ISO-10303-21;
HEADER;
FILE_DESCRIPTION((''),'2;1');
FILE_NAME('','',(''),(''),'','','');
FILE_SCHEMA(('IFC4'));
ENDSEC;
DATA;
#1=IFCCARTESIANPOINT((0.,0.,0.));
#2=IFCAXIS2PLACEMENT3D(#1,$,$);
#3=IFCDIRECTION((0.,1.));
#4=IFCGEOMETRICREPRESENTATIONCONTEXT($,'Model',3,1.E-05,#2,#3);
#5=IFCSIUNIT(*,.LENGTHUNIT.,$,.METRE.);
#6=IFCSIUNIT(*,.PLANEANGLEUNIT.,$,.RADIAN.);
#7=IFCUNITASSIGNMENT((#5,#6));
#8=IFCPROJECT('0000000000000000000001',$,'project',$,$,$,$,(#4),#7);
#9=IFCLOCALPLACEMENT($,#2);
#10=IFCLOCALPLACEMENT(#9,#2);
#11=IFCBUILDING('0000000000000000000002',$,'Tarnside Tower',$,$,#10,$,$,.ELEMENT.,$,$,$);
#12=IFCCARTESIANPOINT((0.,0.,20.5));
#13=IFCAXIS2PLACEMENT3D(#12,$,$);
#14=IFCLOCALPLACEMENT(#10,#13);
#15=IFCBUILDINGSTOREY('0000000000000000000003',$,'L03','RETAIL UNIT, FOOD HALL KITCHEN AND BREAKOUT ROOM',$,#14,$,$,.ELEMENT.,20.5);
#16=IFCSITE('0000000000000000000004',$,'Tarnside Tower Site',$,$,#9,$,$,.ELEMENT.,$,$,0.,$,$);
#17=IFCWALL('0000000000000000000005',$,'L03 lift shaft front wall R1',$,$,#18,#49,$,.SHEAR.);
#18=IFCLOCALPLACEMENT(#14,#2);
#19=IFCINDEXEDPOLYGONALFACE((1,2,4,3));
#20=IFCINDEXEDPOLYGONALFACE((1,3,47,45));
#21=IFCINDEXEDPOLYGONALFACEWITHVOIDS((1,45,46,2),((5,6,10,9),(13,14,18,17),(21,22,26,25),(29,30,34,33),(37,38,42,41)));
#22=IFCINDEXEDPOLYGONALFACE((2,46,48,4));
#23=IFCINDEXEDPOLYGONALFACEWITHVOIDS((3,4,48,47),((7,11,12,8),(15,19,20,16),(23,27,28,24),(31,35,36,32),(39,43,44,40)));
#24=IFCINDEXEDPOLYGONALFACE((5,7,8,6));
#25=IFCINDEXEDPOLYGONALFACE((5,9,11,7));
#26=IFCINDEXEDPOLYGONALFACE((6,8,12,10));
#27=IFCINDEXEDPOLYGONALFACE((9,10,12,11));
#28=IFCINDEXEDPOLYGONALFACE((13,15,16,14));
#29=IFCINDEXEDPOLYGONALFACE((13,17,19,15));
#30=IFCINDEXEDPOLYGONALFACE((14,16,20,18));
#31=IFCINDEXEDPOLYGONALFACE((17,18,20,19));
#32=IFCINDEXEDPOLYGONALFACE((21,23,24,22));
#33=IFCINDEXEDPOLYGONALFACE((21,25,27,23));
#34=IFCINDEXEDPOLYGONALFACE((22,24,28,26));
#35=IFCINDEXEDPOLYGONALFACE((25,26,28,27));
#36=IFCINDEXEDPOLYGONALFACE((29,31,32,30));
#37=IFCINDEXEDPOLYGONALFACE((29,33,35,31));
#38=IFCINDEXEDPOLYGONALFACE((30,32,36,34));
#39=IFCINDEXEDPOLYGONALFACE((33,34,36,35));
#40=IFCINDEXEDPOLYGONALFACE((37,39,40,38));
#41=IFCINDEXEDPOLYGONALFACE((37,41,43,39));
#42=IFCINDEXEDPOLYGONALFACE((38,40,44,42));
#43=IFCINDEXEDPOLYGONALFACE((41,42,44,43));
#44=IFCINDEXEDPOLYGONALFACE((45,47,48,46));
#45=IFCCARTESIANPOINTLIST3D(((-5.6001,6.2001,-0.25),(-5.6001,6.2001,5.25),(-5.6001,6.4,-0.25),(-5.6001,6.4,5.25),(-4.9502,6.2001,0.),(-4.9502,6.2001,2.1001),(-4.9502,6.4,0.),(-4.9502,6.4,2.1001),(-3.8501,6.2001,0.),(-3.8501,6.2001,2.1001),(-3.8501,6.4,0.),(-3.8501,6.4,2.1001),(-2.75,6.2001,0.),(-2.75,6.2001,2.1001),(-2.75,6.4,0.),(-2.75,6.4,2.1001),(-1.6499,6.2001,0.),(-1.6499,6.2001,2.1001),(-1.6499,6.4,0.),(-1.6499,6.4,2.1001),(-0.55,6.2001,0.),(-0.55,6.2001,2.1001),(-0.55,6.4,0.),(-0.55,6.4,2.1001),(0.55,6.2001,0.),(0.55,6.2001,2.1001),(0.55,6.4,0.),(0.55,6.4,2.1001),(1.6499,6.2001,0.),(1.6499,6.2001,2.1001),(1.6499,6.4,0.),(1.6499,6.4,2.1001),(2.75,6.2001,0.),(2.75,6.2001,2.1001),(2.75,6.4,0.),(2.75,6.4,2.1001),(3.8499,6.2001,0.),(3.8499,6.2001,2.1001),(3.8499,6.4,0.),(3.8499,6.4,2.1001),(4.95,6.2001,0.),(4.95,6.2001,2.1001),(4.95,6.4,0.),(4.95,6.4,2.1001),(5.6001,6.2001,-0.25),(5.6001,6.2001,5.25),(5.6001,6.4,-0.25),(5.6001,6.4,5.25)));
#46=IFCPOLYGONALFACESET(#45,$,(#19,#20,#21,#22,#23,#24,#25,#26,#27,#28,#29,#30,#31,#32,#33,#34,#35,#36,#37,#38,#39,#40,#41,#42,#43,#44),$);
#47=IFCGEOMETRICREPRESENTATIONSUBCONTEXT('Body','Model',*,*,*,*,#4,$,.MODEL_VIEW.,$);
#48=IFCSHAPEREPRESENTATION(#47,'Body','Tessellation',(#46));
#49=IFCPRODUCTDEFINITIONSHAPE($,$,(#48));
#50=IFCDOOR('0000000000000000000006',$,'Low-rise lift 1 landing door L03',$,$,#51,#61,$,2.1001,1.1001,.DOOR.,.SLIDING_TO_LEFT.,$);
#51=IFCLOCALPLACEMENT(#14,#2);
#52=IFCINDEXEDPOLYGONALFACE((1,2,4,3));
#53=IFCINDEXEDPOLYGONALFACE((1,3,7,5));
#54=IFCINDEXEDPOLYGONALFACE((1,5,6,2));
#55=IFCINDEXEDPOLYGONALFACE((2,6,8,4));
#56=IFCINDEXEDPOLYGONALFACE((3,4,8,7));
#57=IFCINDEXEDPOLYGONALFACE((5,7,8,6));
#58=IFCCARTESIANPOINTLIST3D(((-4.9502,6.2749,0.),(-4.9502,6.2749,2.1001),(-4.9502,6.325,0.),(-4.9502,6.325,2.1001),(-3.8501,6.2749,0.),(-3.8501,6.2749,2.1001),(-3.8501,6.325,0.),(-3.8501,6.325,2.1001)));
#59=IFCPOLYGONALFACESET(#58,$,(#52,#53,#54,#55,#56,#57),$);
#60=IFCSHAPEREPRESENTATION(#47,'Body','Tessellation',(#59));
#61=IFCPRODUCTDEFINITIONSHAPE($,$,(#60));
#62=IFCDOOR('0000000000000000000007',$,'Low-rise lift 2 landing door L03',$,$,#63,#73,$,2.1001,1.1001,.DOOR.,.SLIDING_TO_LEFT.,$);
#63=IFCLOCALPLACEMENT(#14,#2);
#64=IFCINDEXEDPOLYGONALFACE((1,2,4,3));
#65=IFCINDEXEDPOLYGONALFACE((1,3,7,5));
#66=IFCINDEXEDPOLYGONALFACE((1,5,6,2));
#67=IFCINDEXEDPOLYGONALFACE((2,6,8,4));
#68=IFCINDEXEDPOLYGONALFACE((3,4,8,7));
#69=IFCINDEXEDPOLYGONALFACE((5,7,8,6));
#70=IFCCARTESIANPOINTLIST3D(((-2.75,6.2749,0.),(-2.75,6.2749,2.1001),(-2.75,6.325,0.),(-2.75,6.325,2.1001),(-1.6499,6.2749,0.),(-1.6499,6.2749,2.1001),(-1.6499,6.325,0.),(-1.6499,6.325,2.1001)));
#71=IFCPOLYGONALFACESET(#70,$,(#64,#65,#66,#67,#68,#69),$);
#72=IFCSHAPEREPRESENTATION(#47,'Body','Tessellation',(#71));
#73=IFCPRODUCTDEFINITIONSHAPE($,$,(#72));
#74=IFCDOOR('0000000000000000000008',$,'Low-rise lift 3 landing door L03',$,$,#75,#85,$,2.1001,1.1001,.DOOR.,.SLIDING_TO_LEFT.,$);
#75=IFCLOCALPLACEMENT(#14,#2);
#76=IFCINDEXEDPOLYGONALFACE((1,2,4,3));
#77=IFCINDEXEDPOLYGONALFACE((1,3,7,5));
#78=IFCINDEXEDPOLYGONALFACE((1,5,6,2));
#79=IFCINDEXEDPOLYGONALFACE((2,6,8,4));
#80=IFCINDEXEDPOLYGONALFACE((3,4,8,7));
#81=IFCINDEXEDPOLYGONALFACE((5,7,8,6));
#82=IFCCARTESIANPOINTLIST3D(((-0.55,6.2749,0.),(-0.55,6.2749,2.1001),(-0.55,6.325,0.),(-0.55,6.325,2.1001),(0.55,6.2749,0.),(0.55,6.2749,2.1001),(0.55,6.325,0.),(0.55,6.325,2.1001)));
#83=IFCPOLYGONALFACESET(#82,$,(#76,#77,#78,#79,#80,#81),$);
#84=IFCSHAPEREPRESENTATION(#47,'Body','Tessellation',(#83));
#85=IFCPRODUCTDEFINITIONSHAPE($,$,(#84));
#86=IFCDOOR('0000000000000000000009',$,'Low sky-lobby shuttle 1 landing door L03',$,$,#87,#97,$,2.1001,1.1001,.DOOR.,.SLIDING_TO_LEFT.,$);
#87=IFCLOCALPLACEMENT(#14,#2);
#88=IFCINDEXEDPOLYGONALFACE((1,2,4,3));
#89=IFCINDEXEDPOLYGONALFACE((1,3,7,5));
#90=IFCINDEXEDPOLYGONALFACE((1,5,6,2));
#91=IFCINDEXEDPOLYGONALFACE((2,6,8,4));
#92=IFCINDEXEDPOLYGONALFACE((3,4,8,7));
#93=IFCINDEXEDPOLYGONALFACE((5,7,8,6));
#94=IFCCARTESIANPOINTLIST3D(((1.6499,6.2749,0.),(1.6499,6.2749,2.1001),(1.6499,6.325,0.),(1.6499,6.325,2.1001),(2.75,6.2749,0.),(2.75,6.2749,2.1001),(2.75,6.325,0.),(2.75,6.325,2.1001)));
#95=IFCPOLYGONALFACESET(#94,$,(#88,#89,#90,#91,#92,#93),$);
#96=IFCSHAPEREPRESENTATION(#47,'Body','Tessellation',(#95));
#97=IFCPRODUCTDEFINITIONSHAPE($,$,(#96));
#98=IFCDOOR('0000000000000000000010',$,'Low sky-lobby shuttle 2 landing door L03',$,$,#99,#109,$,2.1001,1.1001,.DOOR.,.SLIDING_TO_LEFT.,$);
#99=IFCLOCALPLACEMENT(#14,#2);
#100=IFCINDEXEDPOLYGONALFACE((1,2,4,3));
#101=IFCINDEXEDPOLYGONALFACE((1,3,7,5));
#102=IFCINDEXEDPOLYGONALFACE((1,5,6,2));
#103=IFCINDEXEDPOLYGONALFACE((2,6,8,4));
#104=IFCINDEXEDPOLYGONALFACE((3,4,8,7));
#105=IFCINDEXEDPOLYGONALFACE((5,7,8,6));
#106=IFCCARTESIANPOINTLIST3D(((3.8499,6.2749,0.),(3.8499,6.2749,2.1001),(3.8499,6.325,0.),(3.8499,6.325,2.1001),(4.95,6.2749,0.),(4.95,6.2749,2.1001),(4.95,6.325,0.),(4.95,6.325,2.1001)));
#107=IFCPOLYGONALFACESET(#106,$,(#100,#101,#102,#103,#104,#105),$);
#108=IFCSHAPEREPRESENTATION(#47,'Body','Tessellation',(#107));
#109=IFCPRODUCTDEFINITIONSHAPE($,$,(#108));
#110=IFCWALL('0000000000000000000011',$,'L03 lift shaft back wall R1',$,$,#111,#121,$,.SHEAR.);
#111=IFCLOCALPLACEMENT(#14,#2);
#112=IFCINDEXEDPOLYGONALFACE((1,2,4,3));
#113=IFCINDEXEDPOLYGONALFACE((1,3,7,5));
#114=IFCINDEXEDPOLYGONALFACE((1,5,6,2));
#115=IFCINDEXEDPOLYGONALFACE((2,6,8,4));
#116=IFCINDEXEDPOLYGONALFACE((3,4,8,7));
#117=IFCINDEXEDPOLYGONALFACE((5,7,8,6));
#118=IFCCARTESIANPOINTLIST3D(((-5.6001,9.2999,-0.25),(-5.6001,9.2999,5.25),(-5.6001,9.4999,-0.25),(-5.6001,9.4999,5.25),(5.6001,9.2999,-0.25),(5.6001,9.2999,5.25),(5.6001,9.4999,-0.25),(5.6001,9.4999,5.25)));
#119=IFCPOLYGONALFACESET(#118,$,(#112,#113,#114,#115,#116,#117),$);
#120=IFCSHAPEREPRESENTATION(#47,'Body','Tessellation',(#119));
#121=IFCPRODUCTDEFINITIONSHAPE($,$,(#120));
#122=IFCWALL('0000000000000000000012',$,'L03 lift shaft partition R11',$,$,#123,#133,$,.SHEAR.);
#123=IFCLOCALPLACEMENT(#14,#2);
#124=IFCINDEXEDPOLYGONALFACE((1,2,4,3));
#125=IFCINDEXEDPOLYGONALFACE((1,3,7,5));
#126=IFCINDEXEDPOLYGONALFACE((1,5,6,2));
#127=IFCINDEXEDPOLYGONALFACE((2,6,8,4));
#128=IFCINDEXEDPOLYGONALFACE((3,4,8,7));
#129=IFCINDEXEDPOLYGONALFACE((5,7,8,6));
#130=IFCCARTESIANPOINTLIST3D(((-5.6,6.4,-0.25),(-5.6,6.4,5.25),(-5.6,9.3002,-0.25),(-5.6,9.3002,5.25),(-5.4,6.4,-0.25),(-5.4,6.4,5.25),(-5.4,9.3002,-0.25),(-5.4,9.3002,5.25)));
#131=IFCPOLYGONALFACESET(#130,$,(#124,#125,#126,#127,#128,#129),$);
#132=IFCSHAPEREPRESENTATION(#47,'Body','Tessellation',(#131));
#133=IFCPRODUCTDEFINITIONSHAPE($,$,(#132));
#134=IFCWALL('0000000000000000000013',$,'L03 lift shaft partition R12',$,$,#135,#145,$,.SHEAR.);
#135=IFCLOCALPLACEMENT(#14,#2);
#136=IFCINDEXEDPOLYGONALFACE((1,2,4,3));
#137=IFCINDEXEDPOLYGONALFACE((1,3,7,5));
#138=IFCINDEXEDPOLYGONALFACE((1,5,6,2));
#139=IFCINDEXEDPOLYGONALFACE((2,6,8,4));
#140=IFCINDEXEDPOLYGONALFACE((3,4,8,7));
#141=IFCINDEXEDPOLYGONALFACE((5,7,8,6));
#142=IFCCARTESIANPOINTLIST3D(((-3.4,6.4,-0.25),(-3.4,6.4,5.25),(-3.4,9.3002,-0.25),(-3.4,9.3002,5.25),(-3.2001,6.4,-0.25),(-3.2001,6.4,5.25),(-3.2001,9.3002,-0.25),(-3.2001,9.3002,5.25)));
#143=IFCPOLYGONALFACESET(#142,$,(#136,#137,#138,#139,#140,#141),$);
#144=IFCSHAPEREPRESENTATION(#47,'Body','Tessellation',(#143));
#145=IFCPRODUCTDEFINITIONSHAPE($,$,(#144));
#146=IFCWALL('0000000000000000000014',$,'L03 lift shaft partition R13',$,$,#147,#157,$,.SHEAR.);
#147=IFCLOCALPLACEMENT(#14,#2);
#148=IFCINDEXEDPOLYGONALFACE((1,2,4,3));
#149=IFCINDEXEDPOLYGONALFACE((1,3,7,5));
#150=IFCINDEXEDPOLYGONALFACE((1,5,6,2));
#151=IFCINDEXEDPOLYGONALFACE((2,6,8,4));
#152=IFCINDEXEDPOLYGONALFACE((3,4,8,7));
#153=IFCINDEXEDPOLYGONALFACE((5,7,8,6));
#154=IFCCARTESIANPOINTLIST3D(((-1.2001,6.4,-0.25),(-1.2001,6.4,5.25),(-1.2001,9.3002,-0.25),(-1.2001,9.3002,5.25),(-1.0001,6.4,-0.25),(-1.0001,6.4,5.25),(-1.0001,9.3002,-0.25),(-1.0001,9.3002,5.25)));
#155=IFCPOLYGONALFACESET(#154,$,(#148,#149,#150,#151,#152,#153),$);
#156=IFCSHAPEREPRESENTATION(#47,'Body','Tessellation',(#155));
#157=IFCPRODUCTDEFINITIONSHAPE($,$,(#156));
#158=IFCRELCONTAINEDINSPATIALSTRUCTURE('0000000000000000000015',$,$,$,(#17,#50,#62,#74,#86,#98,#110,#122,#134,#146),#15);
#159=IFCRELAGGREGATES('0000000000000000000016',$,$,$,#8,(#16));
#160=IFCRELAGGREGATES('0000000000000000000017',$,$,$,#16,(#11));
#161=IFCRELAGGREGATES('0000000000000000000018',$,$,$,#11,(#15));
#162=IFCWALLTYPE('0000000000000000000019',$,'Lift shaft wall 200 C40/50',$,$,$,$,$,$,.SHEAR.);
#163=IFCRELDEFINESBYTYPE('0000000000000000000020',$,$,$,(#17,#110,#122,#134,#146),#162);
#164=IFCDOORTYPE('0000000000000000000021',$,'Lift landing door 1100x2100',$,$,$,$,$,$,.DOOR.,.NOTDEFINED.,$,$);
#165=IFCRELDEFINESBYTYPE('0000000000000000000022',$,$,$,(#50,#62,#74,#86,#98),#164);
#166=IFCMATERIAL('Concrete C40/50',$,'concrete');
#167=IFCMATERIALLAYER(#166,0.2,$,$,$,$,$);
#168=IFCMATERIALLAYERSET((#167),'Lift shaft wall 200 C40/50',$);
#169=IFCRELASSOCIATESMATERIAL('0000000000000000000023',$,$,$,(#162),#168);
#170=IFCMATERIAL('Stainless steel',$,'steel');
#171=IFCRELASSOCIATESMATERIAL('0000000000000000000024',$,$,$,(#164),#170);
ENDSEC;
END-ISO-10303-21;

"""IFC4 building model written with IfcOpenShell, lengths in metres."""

from ifc_helpers import new_model, si_unit, direction, frame, frame_2d, origin, place, context, subcontext, project, spatial, rectangle, extrude, material, layer, layer_set, type_object, element, fill, save


model = new_model("IFC4")

# Units and contexts
model_context = context("Model", 3, precision=1e-05, world=origin(), true_north=direction((0.0, 1.0)))
body_context = subcontext(model_context, "Body", "Model", "MODEL_VIEW")
ifc_project = project(units=[si_unit("LENGTHUNIT", "METRE"), si_unit("PLANEANGLEUNIT", "RADIAN")], contexts=[model_context])

# Site, building, storey
site_placement = place(None, origin())
site = spatial("IfcSite", under=ifc_project, at=site_placement, Name="Tarnside Tower Site", CompositionType="ELEMENT", RefElevation=0.0)
building_placement = place(site_placement, origin())
building = spatial("IfcBuilding", under=site, at=building_placement, Name="Tarnside Tower", CompositionType="ELEMENT")
storey_placement = place(building_placement, frame((0.0, 0.0, 20.5)))
storey = spatial("IfcBuildingStorey", under=building, at=storey_placement, Name="L03", Description="RETAIL UNIT, FOOD HALL KITCHEN AND BREAKOUT ROOM", CompositionType="ELEMENT", Elevation=20.5)

# Wall, openings, doors
ifc_material_1 = material(Name="Concrete C40/50", Category="concrete")
ifc_layer_1 = layer(ifc_material_1, 0.2)
ifc_layer_set_1 = layer_set([ifc_layer_1], Name="Lift shaft wall 200 C40/50")
wall_type_1 = type_object("IfcWallType", Name="Lift shaft wall 200 C40/50", PredefinedType="SHEAR", material=ifc_layer_set_1)
wall_1_placement = place(storey_placement, frame((-5.6001, 6.3, -0.25), z_axis=(0.0, 0.0, 1.0), x_axis=(1.0, 0.0, 0.0)))
wall_1 = element("IfcWall", 1, at=wall_1_placement, inside=storey, type_object=wall_type_1, Name="L03 lift shaft front wall R1", PredefinedType="SHEAR", context=body_context, shape_type="SweptSolid", body=[
    extrude(rectangle(XDim=11.2002, YDim=0.2, at=frame_2d((5.6001, 0.0))), origin(), (0.0, 0.0, 1.0), 5.5),
])
opening_1_placement = place(wall_1_placement, frame((0.6499, 0.0, 0.25)))
opening_1 = element("IfcOpeningElement", 2, at=opening_1_placement, cuts=wall_1, PredefinedType="OPENING", context=body_context, shape_type="SweptSolid", body=[
    extrude(rectangle(XDim=1.1001, YDim=2.1001, at=frame_2d((0.55, 1.05))), frame((0.0, 0.1099, 0.0), z_axis=(0.0, -1.0, 0.0), x_axis=(1.0, 0.0, 0.0)), (0.0, 0.0, 1.0), 0.22),
])
opening_2_placement = place(wall_1_placement, frame((2.8501, 0.0, 0.25)))
opening_2 = element("IfcOpeningElement", 3, at=opening_2_placement, cuts=wall_1, PredefinedType="OPENING", context=body_context, shape_type="SweptSolid", body=[
    extrude(rectangle(XDim=1.1001, YDim=2.1001, at=frame_2d((0.55, 1.05))), frame((0.0, 0.1099, 0.0), z_axis=(0.0, -1.0, 0.0), x_axis=(1.0, 0.0, 0.0)), (0.0, 0.0, 1.0), 0.22),
])
opening_3_placement = place(wall_1_placement, frame((5.05, 0.0, 0.25)))
opening_3 = element("IfcOpeningElement", 4, at=opening_3_placement, cuts=wall_1, PredefinedType="OPENING", context=body_context, shape_type="SweptSolid", body=[
    extrude(rectangle(XDim=1.1001, YDim=2.1001, at=frame_2d((0.55, 1.05))), frame((0.0, 0.1099, 0.0), z_axis=(0.0, -1.0, 0.0), x_axis=(1.0, 0.0, 0.0)), (0.0, 0.0, 1.0), 0.22),
])
opening_4_placement = place(wall_1_placement, frame((7.25, 0.0, 0.25)))
opening_4 = element("IfcOpeningElement", 5, at=opening_4_placement, cuts=wall_1, PredefinedType="OPENING", context=body_context, shape_type="SweptSolid", body=[
    extrude(rectangle(XDim=1.1001, YDim=2.1001, at=frame_2d((0.55, 1.05))), frame((0.0, 0.1099, 0.0), z_axis=(0.0, -1.0, 0.0), x_axis=(1.0, 0.0, 0.0)), (0.0, 0.0, 1.0), 0.22),
])
opening_5_placement = place(wall_1_placement, frame((9.45, 0.0, 0.25)))
opening_5 = element("IfcOpeningElement", 6, at=opening_5_placement, cuts=wall_1, PredefinedType="OPENING", context=body_context, shape_type="SweptSolid", body=[
    extrude(rectangle(XDim=1.1001, YDim=2.1001, at=frame_2d((0.55, 1.05))), frame((0.0, 0.1099, 0.0), z_axis=(0.0, -1.0, 0.0), x_axis=(1.0, 0.0, 0.0)), (0.0, 0.0, 1.0), 0.22),
])
ifc_material_2 = material(Name="Stainless steel", Category="steel")
door_type_1 = type_object("IfcDoorType", Name="Lift landing door 1100x2100", OperationType="NOTDEFINED", PredefinedType="DOOR", material=ifc_material_2)
door_1_placement = place(opening_1_placement, origin())
door_1 = element("IfcDoor", 7, at=door_1_placement, inside=storey, type_object=door_type_1, Name="Low-rise lift 1 landing door L03", OperationType="SLIDING_TO_LEFT", OverallHeight=2.1001, OverallWidth=1.1001, PredefinedType="DOOR", context=body_context, shape_type="SweptSolid", body=[
    extrude(rectangle(XDim=1.1001, YDim=2.1001, at=frame_2d((0.55, 1.05))), frame((0.0, 0.0249, 0.0), z_axis=(0.0, -1.0, 0.0), x_axis=(1.0, 0.0, 0.0)), (0.0, 0.0, 1.0), 0.05),
])
fill(opening_1, door_1)
door_2_placement = place(opening_2_placement, origin())
door_2 = element("IfcDoor", 8, at=door_2_placement, inside=storey, type_object=door_type_1, Name="Low-rise lift 2 landing door L03", OperationType="SLIDING_TO_LEFT", OverallHeight=2.1001, OverallWidth=1.1001, PredefinedType="DOOR", context=body_context, shape_type="SweptSolid", body=[
    extrude(rectangle(XDim=1.1001, YDim=2.1001, at=frame_2d((0.55, 1.05))), frame((0.0, 0.0249, 0.0), z_axis=(0.0, -1.0, 0.0), x_axis=(1.0, 0.0, 0.0)), (0.0, 0.0, 1.0), 0.05),
])
fill(opening_2, door_2)
door_3_placement = place(opening_3_placement, origin())
door_3 = element("IfcDoor", 9, at=door_3_placement, inside=storey, type_object=door_type_1, Name="Low-rise lift 3 landing door L03", OperationType="SLIDING_TO_LEFT", OverallHeight=2.1001, OverallWidth=1.1001, PredefinedType="DOOR", context=body_context, shape_type="SweptSolid", body=[
    extrude(rectangle(XDim=1.1001, YDim=2.1001, at=frame_2d((0.55, 1.05))), frame((0.0, 0.0249, 0.0), z_axis=(0.0, -1.0, 0.0), x_axis=(1.0, 0.0, 0.0)), (0.0, 0.0, 1.0), 0.05),
])
fill(opening_3, door_3)
door_4_placement = place(opening_4_placement, origin())
door_4 = element("IfcDoor", 10, at=door_4_placement, inside=storey, type_object=door_type_1, Name="Low sky-lobby shuttle 1 landing door L03", OperationType="SLIDING_TO_LEFT", OverallHeight=2.1001, OverallWidth=1.1001, PredefinedType="DOOR", context=body_context, shape_type="SweptSolid", body=[
    extrude(rectangle(XDim=1.1001, YDim=2.1001, at=frame_2d((0.55, 1.05))), frame((0.0, 0.0249, 0.0), z_axis=(0.0, -1.0, 0.0), x_axis=(1.0, 0.0, 0.0)), (0.0, 0.0, 1.0), 0.05),
])
fill(opening_4, door_4)
door_5_placement = place(opening_5_placement, origin())
door_5 = element("IfcDoor", 11, at=door_5_placement, inside=storey, type_object=door_type_1, Name="Low sky-lobby shuttle 2 landing door L03", OperationType="SLIDING_TO_LEFT", OverallHeight=2.1001, OverallWidth=1.1001, PredefinedType="DOOR", context=body_context, shape_type="SweptSolid", body=[
    extrude(rectangle(XDim=1.1001, YDim=2.1001, at=frame_2d((0.55, 1.05))), frame((0.0, 0.0249, 0.0), z_axis=(0.0, -1.0, 0.0), x_axis=(1.0, 0.0, 0.0)), (0.0, 0.0, 1.0), 0.05),
])
fill(opening_5, door_5)

# Walls
wall_2_placement = place(storey_placement, frame((-5.6001, 9.3999, -0.25), z_axis=(0.0, 0.0, 1.0), x_axis=(1.0, 0.0, 0.0)))
element("IfcWall", 12, at=wall_2_placement, inside=storey, type_object=wall_type_1, Name="L03 lift shaft back wall R1", PredefinedType="SHEAR", context=body_context, shape_type="SweptSolid", body=[
    extrude(rectangle(XDim=11.2002, YDim=0.2, at=frame_2d((5.6001, 0.0))), origin(), (0.0, 0.0, 1.0), 5.5),
])
for number, where, z_axis, x_axis, name in (
    (13, (-5.5, 6.3999, -0.25), (0.0, 0.0, 1.0), (0.0, 1.0, 0.0), "L03 lift shaft partition R11"),
    (14, (-3.3, 6.3999, -0.25), (0.0, 0.0, 1.0), (0.0, 1.0, 0.0), "L03 lift shaft partition R12"),
    (15, (-1.1001, 6.3999, -0.25), (0.0, 0.0, 1.0), (0.0, 1.0, 0.0), "L03 lift shaft partition R13"),
):
    element("IfcWall", number, at=place(storey_placement, frame(where, z_axis=z_axis, x_axis=x_axis)), inside=storey, type_object=wall_type_1, Name=name, PredefinedType="SHEAR", context=body_context, shape_type="SweptSolid", body=[
        extrude(rectangle(XDim=2.9001, YDim=0.2, at=frame_2d((1.4502, 0.0))), origin(), (0.0, 0.0, 1.0), 5.5),
    ])

save(model, "model.ifc")
